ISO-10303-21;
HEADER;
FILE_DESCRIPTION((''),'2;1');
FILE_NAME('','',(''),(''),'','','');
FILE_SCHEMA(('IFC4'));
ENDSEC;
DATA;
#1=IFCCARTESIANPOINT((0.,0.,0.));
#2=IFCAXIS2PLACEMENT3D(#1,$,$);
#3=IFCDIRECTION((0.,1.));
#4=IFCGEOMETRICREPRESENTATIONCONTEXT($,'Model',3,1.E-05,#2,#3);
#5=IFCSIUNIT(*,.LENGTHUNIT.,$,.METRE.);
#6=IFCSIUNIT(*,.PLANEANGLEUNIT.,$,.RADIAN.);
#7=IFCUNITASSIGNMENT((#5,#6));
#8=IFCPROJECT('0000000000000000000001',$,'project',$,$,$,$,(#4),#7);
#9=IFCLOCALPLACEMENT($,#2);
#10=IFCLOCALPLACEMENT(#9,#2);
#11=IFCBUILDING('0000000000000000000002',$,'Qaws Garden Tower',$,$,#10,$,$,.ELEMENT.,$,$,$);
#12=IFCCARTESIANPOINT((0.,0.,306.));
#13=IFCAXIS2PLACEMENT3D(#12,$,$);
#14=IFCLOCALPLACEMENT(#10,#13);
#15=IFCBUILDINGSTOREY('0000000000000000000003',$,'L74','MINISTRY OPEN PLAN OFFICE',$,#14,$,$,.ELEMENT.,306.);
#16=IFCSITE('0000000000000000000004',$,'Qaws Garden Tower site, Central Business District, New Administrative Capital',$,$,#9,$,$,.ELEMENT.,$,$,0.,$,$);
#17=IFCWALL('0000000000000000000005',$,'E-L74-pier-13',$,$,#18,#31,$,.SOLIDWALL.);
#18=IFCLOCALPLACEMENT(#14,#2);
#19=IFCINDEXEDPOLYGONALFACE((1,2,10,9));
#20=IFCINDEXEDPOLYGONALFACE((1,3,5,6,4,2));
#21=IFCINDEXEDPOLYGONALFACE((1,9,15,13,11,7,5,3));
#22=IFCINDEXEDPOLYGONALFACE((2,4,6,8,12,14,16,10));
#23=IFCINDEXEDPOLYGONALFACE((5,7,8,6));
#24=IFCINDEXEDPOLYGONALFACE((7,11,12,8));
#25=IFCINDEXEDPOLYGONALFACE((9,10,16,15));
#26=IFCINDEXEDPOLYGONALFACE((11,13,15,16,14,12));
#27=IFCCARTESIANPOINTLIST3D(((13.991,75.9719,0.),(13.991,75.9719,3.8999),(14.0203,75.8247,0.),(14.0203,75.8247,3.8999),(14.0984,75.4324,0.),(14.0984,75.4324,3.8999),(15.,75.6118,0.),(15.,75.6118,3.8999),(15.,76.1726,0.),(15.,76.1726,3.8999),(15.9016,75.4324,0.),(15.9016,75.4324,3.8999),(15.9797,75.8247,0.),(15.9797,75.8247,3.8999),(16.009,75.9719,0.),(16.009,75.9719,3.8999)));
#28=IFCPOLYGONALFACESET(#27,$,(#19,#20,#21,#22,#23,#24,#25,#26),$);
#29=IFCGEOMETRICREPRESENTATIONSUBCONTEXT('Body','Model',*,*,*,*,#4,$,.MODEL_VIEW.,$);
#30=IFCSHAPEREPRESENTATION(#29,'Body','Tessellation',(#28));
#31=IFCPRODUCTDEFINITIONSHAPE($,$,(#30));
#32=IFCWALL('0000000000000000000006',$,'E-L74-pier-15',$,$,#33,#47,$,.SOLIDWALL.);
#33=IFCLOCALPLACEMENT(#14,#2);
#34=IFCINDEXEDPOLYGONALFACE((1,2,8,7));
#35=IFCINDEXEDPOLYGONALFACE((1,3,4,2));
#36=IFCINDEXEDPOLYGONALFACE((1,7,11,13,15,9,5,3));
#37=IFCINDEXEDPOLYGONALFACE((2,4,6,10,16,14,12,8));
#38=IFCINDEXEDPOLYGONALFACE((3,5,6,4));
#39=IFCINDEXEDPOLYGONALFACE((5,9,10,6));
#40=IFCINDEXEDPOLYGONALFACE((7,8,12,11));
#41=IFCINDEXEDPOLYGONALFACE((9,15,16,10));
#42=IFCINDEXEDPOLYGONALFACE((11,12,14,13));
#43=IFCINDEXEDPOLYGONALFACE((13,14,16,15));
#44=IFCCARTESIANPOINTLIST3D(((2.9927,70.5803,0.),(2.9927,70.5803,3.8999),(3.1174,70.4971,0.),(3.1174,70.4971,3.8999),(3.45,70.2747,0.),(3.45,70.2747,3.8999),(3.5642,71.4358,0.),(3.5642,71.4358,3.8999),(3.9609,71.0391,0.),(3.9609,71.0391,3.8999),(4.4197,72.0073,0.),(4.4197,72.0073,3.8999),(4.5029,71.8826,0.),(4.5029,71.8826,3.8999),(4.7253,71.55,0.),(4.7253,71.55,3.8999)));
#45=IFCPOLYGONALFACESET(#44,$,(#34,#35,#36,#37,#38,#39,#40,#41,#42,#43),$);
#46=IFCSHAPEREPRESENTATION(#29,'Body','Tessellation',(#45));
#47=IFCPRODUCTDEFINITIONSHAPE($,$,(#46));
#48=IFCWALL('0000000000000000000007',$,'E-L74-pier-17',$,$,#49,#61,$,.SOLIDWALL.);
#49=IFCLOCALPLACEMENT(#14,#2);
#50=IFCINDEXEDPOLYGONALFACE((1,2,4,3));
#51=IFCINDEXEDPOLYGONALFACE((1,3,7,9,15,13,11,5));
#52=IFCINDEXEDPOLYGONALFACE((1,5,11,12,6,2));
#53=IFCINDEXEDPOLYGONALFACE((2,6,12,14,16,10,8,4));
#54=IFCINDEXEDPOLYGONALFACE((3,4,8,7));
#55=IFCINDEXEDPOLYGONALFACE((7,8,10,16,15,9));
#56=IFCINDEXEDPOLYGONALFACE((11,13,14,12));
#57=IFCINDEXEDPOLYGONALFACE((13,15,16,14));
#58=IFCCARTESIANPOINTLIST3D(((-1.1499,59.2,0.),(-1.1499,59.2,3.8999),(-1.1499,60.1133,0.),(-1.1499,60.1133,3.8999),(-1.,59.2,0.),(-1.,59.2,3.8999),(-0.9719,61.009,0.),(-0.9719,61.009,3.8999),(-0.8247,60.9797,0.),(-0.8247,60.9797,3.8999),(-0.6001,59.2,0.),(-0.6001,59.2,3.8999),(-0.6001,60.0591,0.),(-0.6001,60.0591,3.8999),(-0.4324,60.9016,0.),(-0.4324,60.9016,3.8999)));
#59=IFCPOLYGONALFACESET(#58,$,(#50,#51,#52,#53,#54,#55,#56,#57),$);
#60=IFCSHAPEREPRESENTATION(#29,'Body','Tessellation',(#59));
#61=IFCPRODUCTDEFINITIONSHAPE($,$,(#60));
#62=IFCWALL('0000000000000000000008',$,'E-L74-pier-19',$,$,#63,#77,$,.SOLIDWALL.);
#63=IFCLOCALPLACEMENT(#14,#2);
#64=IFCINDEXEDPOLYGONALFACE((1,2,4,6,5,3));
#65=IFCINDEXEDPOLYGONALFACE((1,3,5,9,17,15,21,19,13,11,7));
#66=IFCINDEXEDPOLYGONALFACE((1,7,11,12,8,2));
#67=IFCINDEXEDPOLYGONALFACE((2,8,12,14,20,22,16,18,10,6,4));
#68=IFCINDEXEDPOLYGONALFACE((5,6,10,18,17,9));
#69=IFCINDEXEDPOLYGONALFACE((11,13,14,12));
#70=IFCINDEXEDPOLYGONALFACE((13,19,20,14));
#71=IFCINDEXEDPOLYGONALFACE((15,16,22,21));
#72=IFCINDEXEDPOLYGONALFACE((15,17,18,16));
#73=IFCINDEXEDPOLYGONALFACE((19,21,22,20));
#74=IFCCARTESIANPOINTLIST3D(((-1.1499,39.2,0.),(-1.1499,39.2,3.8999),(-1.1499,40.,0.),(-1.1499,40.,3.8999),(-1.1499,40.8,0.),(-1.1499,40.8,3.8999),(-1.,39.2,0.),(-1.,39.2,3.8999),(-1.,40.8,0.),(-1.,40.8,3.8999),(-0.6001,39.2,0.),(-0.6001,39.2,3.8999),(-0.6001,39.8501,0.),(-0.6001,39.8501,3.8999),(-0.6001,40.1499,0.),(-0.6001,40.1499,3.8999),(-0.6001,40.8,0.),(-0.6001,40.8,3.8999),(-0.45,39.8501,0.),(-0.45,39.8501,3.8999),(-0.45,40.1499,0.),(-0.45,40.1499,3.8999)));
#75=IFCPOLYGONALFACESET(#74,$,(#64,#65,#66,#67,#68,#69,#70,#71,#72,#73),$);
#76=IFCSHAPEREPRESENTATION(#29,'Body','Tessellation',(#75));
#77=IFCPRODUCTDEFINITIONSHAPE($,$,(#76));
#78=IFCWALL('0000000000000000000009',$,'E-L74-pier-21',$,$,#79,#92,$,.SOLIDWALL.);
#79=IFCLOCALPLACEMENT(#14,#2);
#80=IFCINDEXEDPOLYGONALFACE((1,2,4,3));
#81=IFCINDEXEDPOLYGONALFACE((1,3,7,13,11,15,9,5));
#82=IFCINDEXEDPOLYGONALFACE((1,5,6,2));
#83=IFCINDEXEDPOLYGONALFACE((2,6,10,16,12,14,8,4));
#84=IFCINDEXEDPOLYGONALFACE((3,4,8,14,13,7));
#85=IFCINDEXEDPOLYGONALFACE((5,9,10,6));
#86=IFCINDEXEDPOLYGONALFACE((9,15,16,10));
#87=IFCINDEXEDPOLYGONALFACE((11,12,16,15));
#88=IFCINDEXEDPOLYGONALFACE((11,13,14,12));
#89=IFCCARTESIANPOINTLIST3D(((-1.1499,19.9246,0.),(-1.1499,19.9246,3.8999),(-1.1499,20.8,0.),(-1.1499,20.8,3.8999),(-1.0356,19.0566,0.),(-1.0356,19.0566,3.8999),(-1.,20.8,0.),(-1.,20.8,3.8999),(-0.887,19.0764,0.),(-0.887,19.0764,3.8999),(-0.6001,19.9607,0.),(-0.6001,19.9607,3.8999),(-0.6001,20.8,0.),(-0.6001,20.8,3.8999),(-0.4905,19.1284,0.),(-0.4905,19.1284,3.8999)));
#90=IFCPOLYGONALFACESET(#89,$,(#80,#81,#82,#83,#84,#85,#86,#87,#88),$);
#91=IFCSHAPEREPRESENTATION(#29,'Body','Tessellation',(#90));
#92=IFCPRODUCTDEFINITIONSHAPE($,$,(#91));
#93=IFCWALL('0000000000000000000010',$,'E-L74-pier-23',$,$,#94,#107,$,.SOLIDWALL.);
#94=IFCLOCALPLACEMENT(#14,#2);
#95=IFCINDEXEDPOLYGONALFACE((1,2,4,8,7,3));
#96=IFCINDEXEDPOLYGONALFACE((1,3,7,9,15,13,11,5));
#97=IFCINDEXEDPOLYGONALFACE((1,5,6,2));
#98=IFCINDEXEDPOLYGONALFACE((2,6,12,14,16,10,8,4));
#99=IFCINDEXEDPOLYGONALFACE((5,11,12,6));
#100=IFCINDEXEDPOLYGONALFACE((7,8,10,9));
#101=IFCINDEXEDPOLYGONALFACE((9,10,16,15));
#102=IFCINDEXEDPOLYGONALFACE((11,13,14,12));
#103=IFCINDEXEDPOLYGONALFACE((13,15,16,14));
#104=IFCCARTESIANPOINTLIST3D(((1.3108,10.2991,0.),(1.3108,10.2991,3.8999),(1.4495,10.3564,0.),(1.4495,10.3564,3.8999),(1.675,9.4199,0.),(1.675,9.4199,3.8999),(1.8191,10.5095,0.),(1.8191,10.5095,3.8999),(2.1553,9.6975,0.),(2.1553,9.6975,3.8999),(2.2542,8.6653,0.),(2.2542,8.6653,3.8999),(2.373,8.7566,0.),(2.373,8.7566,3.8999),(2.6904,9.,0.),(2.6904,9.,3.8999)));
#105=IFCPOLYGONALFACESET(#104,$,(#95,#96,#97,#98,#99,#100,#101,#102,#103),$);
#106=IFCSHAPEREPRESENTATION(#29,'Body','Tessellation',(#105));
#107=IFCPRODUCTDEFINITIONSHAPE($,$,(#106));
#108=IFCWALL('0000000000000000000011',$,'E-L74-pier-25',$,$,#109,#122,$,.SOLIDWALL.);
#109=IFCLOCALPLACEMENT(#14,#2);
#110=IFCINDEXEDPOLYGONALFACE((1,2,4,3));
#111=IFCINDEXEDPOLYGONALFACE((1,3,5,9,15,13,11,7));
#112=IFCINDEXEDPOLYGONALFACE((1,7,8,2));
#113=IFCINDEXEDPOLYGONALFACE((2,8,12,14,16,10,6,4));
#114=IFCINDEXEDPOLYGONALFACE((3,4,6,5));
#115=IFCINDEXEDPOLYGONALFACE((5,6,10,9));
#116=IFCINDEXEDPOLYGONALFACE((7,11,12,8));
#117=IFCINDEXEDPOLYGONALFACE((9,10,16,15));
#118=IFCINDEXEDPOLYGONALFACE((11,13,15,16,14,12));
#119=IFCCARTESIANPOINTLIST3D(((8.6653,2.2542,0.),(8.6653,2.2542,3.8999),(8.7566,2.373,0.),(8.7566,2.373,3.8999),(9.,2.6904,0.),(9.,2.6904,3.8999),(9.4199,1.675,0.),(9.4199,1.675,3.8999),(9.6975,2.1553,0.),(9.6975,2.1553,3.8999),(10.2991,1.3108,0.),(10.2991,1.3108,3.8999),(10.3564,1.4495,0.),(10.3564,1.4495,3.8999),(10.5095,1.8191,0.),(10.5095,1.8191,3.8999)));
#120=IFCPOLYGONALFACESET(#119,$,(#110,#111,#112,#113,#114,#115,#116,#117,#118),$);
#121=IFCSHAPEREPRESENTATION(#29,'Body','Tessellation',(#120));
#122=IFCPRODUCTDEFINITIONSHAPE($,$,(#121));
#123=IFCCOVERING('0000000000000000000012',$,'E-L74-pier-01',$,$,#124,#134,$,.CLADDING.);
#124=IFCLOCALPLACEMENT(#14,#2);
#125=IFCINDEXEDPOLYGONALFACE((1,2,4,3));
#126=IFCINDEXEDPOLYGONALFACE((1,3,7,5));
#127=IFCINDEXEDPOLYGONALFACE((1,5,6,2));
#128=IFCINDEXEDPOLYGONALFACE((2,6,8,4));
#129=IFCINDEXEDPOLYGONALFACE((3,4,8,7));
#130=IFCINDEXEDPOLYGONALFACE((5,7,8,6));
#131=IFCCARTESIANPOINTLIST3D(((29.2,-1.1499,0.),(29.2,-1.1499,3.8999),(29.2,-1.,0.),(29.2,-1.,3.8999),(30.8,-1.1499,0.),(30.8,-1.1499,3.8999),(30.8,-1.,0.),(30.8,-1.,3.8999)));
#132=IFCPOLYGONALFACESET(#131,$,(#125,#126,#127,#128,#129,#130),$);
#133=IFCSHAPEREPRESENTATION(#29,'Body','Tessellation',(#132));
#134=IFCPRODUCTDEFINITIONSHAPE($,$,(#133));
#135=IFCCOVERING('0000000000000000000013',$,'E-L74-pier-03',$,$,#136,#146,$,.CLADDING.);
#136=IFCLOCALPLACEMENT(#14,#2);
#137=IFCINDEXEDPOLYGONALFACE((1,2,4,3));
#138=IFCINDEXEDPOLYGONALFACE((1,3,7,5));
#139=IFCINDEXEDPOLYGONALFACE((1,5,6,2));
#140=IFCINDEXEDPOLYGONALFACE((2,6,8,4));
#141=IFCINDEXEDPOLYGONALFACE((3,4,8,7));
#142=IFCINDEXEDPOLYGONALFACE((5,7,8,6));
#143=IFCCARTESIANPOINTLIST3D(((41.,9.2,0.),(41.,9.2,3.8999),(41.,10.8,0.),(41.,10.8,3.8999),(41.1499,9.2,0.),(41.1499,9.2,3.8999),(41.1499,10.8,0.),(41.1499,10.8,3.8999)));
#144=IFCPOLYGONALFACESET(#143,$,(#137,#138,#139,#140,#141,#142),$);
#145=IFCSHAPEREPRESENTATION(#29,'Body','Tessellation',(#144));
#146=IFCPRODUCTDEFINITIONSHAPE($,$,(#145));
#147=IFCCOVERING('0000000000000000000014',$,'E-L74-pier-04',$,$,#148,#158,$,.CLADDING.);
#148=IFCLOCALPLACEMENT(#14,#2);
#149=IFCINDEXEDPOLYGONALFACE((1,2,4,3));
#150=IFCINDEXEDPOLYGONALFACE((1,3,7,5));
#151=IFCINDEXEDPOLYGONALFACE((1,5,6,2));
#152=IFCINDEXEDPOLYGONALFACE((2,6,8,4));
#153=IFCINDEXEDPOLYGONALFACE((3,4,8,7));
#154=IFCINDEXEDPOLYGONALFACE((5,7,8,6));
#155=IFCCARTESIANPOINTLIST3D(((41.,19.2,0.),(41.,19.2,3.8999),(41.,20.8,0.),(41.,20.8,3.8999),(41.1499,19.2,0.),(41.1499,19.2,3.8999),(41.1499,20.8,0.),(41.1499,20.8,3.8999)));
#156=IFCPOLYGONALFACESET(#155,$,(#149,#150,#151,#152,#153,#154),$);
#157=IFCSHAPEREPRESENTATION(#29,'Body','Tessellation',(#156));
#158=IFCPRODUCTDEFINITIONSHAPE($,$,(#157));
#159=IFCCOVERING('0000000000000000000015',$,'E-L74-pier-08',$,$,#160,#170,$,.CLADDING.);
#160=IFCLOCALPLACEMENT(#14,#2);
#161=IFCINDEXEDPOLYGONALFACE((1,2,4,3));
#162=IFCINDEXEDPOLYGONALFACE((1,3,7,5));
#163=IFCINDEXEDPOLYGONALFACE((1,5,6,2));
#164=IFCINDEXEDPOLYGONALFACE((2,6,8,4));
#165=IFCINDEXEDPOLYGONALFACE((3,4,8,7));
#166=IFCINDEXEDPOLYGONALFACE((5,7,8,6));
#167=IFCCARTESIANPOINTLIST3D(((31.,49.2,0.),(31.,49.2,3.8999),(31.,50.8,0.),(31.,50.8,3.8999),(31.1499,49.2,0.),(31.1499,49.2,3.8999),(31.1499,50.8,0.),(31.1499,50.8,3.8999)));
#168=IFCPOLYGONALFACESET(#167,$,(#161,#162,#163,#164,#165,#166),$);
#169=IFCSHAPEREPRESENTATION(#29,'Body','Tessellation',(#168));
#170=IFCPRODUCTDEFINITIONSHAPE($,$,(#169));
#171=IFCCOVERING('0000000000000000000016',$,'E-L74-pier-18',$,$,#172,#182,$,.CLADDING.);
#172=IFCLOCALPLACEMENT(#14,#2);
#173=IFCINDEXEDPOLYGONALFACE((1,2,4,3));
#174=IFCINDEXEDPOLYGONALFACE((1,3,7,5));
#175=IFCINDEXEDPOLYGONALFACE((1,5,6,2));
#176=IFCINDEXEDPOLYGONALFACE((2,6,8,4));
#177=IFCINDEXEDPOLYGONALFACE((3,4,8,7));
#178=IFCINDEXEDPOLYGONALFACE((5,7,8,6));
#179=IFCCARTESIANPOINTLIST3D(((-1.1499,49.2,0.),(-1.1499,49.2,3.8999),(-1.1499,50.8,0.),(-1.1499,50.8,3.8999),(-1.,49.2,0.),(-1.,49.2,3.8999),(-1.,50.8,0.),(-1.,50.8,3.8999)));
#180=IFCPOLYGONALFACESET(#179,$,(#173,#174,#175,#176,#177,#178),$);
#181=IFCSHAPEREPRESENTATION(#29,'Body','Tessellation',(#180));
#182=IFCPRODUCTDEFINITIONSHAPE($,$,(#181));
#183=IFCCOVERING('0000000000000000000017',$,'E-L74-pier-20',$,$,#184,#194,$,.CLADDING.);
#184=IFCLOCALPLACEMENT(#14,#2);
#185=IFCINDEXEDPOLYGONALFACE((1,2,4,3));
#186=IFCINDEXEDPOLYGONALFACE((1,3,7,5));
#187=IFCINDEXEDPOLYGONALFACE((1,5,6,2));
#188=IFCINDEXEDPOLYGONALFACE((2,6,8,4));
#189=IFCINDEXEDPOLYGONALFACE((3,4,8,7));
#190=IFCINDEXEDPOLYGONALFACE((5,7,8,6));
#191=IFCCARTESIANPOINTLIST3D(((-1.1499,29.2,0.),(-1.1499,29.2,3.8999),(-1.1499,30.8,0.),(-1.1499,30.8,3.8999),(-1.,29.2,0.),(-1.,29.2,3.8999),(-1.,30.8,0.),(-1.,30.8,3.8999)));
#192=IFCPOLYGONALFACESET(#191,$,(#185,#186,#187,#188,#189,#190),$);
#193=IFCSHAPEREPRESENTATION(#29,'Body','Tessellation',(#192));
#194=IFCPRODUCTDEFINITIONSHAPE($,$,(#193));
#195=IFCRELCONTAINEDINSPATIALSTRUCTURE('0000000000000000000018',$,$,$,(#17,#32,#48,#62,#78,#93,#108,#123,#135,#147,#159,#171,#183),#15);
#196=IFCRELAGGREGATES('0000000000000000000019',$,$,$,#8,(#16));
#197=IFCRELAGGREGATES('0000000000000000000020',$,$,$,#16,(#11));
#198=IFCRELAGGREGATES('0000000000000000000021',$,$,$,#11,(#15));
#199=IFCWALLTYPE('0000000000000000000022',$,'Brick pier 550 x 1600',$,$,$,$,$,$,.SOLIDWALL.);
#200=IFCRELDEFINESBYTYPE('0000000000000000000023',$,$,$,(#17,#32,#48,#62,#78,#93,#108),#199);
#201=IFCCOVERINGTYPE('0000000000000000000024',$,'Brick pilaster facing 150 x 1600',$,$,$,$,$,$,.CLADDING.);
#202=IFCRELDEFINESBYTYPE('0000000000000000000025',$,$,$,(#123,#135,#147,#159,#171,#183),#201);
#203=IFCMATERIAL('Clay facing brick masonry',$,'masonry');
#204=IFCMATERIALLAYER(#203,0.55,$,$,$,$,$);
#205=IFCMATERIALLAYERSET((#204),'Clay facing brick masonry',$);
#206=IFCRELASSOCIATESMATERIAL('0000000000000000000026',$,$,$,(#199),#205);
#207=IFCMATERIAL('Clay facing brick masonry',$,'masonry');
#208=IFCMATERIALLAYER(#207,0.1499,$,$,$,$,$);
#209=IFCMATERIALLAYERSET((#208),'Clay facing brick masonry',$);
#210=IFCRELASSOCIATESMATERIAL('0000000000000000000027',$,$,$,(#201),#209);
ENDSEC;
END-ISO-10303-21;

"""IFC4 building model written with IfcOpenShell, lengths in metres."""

from ifc_helpers import new_model, si_unit, direction, frame, origin, place, context, subcontext, project, spatial, polyline, outline, extrude, material, layer, layer_set, type_object, element, save


model = new_model("IFC4")

# Units and contexts
model_context = context("Model", 3, precision=1e-05, world=origin(), true_north=direction((0.0, 1.0)))
body_context = subcontext(model_context, "Body", "Model", "MODEL_VIEW")
ifc_project = project(units=[si_unit("LENGTHUNIT", "METRE"), si_unit("PLANEANGLEUNIT", "RADIAN")], contexts=[model_context])

# Site, building, storey
site_placement = place(None, origin())
site = spatial("IfcSite", under=ifc_project, at=site_placement, Name="Qaws Garden Tower site, Central Business District, New Administrative Capital", CompositionType="ELEMENT", RefElevation=0.0)
building_placement = place(site_placement, origin())
building = spatial("IfcBuilding", under=site, at=building_placement, Name="Qaws Garden Tower", CompositionType="ELEMENT")
storey_placement = place(building_placement, frame((0.0, 0.0, 306.0)))
storey = spatial("IfcBuildingStorey", under=building, at=storey_placement, Name="L74", Description="MINISTRY OPEN PLAN OFFICE", CompositionType="ELEMENT", Elevation=306.0)

# Walls
placement = place(storey_placement, origin())
ifc_material_1 = material(Name="Clay facing brick masonry", Category="masonry")
ifc_layer_1 = layer(ifc_material_1, 0.55)
ifc_layer_set_1 = layer_set([ifc_layer_1], Name="Clay facing brick masonry")
wall_type_1 = type_object("IfcWallType", Name="Brick pier 550 x 1600", PredefinedType="SOLIDWALL", material=ifc_layer_set_1)
element("IfcWall", 1, at=placement, inside=storey, type_object=wall_type_1, Name="E-L74-pier-13", PredefinedType="SOLIDWALL", context=body_context, shape_type="SweptSolid", body=[
    extrude(outline(polyline([(15.9797, 75.8247), (16.009, 75.9719), (15.0, 76.1726), (13.991, 75.9719), (14.0203, 75.8247), (14.0984, 75.4324), (15.0, 75.6118), (15.9016, 75.4324), (15.9797, 75.8247)])), origin(), (0.0, 0.0, 1.0), 3.8999),
])
element("IfcWall", 2, at=placement, inside=storey, type_object=wall_type_1, Name="E-L74-pier-15", PredefinedType="SOLIDWALL", context=body_context, shape_type="SweptSolid", body=[
    extrude(outline(polyline([(4.5029, 71.8826), (4.4197, 72.0073), (3.5642, 71.4358), (2.9927, 70.5803), (3.1174, 70.4971), (3.45, 70.2747), (3.9609, 71.0391), (4.7253, 71.55), (4.5029, 71.8826)])), origin(), (0.0, 0.0, 1.0), 3.8999),
])
element("IfcWall", 3, at=placement, inside=storey, type_object=wall_type_1, Name="E-L74-pier-17", PredefinedType="SOLIDWALL", context=body_context, shape_type="SweptSolid", body=[
    extrude(outline(polyline([(-0.8247, 60.9797), (-0.9719, 61.009), (-1.1499, 60.1133), (-1.1499, 59.2), (-1.0, 59.2), (-0.6001, 59.2), (-0.6001, 60.0591), (-0.4324, 60.9016), (-0.8247, 60.9797)])), origin(), (0.0, 0.0, 1.0), 3.8999),
])
element("IfcWall", 4, at=placement, inside=storey, type_object=wall_type_1, Name="E-L74-pier-19", PredefinedType="SOLIDWALL", context=body_context, shape_type="SweptSolid", body=[
    extrude(outline(polyline([(-0.6001, 39.2), (-0.6001, 39.8501), (-0.45, 39.8501), (-0.45, 40.1499), (-0.6001, 40.1499), (-0.6001, 40.8), (-1.0, 40.8), (-1.1499, 40.8), (-1.1499, 40.0), (-1.1499, 39.2), (-1.0, 39.2), (-0.6001, 39.2)])), origin(), (0.0, 0.0, 1.0), 3.8999),
])
element("IfcWall", 5, at=placement, inside=storey, type_object=wall_type_1, Name="E-L74-pier-21", PredefinedType="SOLIDWALL", context=body_context, shape_type="SweptSolid", body=[
    extrude(outline(polyline([(-1.0, 20.8), (-1.1499, 20.8), (-1.1499, 19.9246), (-1.0356, 19.0566), (-0.887, 19.0764), (-0.4905, 19.1284), (-0.6001, 19.9607), (-0.6001, 20.8), (-1.0, 20.8)])), origin(), (0.0, 0.0, 1.0), 3.8999),
])
element("IfcWall", 6, at=placement, inside=storey, type_object=wall_type_1, Name="E-L74-pier-23", PredefinedType="SOLIDWALL", context=body_context, shape_type="SweptSolid", body=[
    extrude(outline(polyline([(1.4495, 10.3564), (1.3108, 10.2991), (1.675, 9.4199), (2.2542, 8.6653), (2.373, 8.7566), (2.6904, 9.0), (2.1553, 9.6975), (1.8191, 10.5095), (1.4495, 10.3564)])), origin(), (0.0, 0.0, 1.0), 3.8999),
])
element("IfcWall", 7, at=placement, inside=storey, type_object=wall_type_1, Name="E-L74-pier-25", PredefinedType="SOLIDWALL", context=body_context, shape_type="SweptSolid", body=[
    extrude(outline(polyline([(8.7566, 2.373), (8.6653, 2.2542), (9.4199, 1.675), (10.2991, 1.3108), (10.3564, 1.4495), (10.5095, 1.8191), (9.6975, 2.1553), (9.0, 2.6904), (8.7566, 2.373)])), origin(), (0.0, 0.0, 1.0), 3.8999),
])

# Coverings
ifc_material_2 = material(Name="Clay facing brick masonry", Category="masonry")
ifc_layer_2 = layer(ifc_material_2, 0.1499)
ifc_layer_set_2 = layer_set([ifc_layer_2], Name="Clay facing brick masonry")
covering_type = type_object("IfcCoveringType", Name="Brick pilaster facing 150 x 1600", PredefinedType="CLADDING", material=ifc_layer_set_2)
element("IfcCovering", 8, at=placement, inside=storey, type_object=covering_type, Name="E-L74-pier-01", PredefinedType="CLADDING", context=body_context, shape_type="SweptSolid", body=[
    extrude(outline(polyline([(29.2, -1.0), (30.8, -1.0), (30.8, -1.1499), (29.2, -1.1499), (29.2, -1.0)])), origin(), (0.0, 0.0, 1.0), 3.8999),
])
element("IfcCovering", 9, at=placement, inside=storey, type_object=covering_type, Name="E-L74-pier-03", PredefinedType="CLADDING", context=body_context, shape_type="SweptSolid", body=[
    extrude(outline(polyline([(41.0, 9.2), (41.0, 10.8), (41.1499, 10.8), (41.1499, 9.2), (41.0, 9.2)])), origin(), (0.0, 0.0, 1.0), 3.8999),
])
element("IfcCovering", 10, at=placement, inside=storey, type_object=covering_type, Name="E-L74-pier-04", PredefinedType="CLADDING", context=body_context, shape_type="SweptSolid", body=[
    extrude(outline(polyline([(41.0, 19.2), (41.0, 20.8), (41.1499, 20.8), (41.1499, 19.2), (41.0, 19.2)])), origin(), (0.0, 0.0, 1.0), 3.8999),
])
element("IfcCovering", 11, at=placement, inside=storey, type_object=covering_type, Name="E-L74-pier-08", PredefinedType="CLADDING", context=body_context, shape_type="SweptSolid", body=[
    extrude(outline(polyline([(31.0, 49.2), (31.0, 50.8), (31.1499, 50.8), (31.1499, 49.2), (31.0, 49.2)])), origin(), (0.0, 0.0, 1.0), 3.8999),
])
element("IfcCovering", 12, at=placement, inside=storey, type_object=covering_type, Name="E-L74-pier-18", PredefinedType="CLADDING", context=body_context, shape_type="SweptSolid", body=[
    extrude(outline(polyline([(-1.0, 50.8), (-1.0, 49.2), (-1.1499, 49.2), (-1.1499, 50.8), (-1.0, 50.8)])), origin(), (0.0, 0.0, 1.0), 3.8999),
])
element("IfcCovering", 13, at=placement, inside=storey, type_object=covering_type, Name="E-L74-pier-20", PredefinedType="CLADDING", context=body_context, shape_type="SweptSolid", body=[
    extrude(outline(polyline([(-1.0, 30.8), (-1.0, 29.2), (-1.1499, 29.2), (-1.1499, 30.8), (-1.0, 30.8)])), origin(), (0.0, 0.0, 1.0), 3.8999),
])

save(model, "model.ifc")
